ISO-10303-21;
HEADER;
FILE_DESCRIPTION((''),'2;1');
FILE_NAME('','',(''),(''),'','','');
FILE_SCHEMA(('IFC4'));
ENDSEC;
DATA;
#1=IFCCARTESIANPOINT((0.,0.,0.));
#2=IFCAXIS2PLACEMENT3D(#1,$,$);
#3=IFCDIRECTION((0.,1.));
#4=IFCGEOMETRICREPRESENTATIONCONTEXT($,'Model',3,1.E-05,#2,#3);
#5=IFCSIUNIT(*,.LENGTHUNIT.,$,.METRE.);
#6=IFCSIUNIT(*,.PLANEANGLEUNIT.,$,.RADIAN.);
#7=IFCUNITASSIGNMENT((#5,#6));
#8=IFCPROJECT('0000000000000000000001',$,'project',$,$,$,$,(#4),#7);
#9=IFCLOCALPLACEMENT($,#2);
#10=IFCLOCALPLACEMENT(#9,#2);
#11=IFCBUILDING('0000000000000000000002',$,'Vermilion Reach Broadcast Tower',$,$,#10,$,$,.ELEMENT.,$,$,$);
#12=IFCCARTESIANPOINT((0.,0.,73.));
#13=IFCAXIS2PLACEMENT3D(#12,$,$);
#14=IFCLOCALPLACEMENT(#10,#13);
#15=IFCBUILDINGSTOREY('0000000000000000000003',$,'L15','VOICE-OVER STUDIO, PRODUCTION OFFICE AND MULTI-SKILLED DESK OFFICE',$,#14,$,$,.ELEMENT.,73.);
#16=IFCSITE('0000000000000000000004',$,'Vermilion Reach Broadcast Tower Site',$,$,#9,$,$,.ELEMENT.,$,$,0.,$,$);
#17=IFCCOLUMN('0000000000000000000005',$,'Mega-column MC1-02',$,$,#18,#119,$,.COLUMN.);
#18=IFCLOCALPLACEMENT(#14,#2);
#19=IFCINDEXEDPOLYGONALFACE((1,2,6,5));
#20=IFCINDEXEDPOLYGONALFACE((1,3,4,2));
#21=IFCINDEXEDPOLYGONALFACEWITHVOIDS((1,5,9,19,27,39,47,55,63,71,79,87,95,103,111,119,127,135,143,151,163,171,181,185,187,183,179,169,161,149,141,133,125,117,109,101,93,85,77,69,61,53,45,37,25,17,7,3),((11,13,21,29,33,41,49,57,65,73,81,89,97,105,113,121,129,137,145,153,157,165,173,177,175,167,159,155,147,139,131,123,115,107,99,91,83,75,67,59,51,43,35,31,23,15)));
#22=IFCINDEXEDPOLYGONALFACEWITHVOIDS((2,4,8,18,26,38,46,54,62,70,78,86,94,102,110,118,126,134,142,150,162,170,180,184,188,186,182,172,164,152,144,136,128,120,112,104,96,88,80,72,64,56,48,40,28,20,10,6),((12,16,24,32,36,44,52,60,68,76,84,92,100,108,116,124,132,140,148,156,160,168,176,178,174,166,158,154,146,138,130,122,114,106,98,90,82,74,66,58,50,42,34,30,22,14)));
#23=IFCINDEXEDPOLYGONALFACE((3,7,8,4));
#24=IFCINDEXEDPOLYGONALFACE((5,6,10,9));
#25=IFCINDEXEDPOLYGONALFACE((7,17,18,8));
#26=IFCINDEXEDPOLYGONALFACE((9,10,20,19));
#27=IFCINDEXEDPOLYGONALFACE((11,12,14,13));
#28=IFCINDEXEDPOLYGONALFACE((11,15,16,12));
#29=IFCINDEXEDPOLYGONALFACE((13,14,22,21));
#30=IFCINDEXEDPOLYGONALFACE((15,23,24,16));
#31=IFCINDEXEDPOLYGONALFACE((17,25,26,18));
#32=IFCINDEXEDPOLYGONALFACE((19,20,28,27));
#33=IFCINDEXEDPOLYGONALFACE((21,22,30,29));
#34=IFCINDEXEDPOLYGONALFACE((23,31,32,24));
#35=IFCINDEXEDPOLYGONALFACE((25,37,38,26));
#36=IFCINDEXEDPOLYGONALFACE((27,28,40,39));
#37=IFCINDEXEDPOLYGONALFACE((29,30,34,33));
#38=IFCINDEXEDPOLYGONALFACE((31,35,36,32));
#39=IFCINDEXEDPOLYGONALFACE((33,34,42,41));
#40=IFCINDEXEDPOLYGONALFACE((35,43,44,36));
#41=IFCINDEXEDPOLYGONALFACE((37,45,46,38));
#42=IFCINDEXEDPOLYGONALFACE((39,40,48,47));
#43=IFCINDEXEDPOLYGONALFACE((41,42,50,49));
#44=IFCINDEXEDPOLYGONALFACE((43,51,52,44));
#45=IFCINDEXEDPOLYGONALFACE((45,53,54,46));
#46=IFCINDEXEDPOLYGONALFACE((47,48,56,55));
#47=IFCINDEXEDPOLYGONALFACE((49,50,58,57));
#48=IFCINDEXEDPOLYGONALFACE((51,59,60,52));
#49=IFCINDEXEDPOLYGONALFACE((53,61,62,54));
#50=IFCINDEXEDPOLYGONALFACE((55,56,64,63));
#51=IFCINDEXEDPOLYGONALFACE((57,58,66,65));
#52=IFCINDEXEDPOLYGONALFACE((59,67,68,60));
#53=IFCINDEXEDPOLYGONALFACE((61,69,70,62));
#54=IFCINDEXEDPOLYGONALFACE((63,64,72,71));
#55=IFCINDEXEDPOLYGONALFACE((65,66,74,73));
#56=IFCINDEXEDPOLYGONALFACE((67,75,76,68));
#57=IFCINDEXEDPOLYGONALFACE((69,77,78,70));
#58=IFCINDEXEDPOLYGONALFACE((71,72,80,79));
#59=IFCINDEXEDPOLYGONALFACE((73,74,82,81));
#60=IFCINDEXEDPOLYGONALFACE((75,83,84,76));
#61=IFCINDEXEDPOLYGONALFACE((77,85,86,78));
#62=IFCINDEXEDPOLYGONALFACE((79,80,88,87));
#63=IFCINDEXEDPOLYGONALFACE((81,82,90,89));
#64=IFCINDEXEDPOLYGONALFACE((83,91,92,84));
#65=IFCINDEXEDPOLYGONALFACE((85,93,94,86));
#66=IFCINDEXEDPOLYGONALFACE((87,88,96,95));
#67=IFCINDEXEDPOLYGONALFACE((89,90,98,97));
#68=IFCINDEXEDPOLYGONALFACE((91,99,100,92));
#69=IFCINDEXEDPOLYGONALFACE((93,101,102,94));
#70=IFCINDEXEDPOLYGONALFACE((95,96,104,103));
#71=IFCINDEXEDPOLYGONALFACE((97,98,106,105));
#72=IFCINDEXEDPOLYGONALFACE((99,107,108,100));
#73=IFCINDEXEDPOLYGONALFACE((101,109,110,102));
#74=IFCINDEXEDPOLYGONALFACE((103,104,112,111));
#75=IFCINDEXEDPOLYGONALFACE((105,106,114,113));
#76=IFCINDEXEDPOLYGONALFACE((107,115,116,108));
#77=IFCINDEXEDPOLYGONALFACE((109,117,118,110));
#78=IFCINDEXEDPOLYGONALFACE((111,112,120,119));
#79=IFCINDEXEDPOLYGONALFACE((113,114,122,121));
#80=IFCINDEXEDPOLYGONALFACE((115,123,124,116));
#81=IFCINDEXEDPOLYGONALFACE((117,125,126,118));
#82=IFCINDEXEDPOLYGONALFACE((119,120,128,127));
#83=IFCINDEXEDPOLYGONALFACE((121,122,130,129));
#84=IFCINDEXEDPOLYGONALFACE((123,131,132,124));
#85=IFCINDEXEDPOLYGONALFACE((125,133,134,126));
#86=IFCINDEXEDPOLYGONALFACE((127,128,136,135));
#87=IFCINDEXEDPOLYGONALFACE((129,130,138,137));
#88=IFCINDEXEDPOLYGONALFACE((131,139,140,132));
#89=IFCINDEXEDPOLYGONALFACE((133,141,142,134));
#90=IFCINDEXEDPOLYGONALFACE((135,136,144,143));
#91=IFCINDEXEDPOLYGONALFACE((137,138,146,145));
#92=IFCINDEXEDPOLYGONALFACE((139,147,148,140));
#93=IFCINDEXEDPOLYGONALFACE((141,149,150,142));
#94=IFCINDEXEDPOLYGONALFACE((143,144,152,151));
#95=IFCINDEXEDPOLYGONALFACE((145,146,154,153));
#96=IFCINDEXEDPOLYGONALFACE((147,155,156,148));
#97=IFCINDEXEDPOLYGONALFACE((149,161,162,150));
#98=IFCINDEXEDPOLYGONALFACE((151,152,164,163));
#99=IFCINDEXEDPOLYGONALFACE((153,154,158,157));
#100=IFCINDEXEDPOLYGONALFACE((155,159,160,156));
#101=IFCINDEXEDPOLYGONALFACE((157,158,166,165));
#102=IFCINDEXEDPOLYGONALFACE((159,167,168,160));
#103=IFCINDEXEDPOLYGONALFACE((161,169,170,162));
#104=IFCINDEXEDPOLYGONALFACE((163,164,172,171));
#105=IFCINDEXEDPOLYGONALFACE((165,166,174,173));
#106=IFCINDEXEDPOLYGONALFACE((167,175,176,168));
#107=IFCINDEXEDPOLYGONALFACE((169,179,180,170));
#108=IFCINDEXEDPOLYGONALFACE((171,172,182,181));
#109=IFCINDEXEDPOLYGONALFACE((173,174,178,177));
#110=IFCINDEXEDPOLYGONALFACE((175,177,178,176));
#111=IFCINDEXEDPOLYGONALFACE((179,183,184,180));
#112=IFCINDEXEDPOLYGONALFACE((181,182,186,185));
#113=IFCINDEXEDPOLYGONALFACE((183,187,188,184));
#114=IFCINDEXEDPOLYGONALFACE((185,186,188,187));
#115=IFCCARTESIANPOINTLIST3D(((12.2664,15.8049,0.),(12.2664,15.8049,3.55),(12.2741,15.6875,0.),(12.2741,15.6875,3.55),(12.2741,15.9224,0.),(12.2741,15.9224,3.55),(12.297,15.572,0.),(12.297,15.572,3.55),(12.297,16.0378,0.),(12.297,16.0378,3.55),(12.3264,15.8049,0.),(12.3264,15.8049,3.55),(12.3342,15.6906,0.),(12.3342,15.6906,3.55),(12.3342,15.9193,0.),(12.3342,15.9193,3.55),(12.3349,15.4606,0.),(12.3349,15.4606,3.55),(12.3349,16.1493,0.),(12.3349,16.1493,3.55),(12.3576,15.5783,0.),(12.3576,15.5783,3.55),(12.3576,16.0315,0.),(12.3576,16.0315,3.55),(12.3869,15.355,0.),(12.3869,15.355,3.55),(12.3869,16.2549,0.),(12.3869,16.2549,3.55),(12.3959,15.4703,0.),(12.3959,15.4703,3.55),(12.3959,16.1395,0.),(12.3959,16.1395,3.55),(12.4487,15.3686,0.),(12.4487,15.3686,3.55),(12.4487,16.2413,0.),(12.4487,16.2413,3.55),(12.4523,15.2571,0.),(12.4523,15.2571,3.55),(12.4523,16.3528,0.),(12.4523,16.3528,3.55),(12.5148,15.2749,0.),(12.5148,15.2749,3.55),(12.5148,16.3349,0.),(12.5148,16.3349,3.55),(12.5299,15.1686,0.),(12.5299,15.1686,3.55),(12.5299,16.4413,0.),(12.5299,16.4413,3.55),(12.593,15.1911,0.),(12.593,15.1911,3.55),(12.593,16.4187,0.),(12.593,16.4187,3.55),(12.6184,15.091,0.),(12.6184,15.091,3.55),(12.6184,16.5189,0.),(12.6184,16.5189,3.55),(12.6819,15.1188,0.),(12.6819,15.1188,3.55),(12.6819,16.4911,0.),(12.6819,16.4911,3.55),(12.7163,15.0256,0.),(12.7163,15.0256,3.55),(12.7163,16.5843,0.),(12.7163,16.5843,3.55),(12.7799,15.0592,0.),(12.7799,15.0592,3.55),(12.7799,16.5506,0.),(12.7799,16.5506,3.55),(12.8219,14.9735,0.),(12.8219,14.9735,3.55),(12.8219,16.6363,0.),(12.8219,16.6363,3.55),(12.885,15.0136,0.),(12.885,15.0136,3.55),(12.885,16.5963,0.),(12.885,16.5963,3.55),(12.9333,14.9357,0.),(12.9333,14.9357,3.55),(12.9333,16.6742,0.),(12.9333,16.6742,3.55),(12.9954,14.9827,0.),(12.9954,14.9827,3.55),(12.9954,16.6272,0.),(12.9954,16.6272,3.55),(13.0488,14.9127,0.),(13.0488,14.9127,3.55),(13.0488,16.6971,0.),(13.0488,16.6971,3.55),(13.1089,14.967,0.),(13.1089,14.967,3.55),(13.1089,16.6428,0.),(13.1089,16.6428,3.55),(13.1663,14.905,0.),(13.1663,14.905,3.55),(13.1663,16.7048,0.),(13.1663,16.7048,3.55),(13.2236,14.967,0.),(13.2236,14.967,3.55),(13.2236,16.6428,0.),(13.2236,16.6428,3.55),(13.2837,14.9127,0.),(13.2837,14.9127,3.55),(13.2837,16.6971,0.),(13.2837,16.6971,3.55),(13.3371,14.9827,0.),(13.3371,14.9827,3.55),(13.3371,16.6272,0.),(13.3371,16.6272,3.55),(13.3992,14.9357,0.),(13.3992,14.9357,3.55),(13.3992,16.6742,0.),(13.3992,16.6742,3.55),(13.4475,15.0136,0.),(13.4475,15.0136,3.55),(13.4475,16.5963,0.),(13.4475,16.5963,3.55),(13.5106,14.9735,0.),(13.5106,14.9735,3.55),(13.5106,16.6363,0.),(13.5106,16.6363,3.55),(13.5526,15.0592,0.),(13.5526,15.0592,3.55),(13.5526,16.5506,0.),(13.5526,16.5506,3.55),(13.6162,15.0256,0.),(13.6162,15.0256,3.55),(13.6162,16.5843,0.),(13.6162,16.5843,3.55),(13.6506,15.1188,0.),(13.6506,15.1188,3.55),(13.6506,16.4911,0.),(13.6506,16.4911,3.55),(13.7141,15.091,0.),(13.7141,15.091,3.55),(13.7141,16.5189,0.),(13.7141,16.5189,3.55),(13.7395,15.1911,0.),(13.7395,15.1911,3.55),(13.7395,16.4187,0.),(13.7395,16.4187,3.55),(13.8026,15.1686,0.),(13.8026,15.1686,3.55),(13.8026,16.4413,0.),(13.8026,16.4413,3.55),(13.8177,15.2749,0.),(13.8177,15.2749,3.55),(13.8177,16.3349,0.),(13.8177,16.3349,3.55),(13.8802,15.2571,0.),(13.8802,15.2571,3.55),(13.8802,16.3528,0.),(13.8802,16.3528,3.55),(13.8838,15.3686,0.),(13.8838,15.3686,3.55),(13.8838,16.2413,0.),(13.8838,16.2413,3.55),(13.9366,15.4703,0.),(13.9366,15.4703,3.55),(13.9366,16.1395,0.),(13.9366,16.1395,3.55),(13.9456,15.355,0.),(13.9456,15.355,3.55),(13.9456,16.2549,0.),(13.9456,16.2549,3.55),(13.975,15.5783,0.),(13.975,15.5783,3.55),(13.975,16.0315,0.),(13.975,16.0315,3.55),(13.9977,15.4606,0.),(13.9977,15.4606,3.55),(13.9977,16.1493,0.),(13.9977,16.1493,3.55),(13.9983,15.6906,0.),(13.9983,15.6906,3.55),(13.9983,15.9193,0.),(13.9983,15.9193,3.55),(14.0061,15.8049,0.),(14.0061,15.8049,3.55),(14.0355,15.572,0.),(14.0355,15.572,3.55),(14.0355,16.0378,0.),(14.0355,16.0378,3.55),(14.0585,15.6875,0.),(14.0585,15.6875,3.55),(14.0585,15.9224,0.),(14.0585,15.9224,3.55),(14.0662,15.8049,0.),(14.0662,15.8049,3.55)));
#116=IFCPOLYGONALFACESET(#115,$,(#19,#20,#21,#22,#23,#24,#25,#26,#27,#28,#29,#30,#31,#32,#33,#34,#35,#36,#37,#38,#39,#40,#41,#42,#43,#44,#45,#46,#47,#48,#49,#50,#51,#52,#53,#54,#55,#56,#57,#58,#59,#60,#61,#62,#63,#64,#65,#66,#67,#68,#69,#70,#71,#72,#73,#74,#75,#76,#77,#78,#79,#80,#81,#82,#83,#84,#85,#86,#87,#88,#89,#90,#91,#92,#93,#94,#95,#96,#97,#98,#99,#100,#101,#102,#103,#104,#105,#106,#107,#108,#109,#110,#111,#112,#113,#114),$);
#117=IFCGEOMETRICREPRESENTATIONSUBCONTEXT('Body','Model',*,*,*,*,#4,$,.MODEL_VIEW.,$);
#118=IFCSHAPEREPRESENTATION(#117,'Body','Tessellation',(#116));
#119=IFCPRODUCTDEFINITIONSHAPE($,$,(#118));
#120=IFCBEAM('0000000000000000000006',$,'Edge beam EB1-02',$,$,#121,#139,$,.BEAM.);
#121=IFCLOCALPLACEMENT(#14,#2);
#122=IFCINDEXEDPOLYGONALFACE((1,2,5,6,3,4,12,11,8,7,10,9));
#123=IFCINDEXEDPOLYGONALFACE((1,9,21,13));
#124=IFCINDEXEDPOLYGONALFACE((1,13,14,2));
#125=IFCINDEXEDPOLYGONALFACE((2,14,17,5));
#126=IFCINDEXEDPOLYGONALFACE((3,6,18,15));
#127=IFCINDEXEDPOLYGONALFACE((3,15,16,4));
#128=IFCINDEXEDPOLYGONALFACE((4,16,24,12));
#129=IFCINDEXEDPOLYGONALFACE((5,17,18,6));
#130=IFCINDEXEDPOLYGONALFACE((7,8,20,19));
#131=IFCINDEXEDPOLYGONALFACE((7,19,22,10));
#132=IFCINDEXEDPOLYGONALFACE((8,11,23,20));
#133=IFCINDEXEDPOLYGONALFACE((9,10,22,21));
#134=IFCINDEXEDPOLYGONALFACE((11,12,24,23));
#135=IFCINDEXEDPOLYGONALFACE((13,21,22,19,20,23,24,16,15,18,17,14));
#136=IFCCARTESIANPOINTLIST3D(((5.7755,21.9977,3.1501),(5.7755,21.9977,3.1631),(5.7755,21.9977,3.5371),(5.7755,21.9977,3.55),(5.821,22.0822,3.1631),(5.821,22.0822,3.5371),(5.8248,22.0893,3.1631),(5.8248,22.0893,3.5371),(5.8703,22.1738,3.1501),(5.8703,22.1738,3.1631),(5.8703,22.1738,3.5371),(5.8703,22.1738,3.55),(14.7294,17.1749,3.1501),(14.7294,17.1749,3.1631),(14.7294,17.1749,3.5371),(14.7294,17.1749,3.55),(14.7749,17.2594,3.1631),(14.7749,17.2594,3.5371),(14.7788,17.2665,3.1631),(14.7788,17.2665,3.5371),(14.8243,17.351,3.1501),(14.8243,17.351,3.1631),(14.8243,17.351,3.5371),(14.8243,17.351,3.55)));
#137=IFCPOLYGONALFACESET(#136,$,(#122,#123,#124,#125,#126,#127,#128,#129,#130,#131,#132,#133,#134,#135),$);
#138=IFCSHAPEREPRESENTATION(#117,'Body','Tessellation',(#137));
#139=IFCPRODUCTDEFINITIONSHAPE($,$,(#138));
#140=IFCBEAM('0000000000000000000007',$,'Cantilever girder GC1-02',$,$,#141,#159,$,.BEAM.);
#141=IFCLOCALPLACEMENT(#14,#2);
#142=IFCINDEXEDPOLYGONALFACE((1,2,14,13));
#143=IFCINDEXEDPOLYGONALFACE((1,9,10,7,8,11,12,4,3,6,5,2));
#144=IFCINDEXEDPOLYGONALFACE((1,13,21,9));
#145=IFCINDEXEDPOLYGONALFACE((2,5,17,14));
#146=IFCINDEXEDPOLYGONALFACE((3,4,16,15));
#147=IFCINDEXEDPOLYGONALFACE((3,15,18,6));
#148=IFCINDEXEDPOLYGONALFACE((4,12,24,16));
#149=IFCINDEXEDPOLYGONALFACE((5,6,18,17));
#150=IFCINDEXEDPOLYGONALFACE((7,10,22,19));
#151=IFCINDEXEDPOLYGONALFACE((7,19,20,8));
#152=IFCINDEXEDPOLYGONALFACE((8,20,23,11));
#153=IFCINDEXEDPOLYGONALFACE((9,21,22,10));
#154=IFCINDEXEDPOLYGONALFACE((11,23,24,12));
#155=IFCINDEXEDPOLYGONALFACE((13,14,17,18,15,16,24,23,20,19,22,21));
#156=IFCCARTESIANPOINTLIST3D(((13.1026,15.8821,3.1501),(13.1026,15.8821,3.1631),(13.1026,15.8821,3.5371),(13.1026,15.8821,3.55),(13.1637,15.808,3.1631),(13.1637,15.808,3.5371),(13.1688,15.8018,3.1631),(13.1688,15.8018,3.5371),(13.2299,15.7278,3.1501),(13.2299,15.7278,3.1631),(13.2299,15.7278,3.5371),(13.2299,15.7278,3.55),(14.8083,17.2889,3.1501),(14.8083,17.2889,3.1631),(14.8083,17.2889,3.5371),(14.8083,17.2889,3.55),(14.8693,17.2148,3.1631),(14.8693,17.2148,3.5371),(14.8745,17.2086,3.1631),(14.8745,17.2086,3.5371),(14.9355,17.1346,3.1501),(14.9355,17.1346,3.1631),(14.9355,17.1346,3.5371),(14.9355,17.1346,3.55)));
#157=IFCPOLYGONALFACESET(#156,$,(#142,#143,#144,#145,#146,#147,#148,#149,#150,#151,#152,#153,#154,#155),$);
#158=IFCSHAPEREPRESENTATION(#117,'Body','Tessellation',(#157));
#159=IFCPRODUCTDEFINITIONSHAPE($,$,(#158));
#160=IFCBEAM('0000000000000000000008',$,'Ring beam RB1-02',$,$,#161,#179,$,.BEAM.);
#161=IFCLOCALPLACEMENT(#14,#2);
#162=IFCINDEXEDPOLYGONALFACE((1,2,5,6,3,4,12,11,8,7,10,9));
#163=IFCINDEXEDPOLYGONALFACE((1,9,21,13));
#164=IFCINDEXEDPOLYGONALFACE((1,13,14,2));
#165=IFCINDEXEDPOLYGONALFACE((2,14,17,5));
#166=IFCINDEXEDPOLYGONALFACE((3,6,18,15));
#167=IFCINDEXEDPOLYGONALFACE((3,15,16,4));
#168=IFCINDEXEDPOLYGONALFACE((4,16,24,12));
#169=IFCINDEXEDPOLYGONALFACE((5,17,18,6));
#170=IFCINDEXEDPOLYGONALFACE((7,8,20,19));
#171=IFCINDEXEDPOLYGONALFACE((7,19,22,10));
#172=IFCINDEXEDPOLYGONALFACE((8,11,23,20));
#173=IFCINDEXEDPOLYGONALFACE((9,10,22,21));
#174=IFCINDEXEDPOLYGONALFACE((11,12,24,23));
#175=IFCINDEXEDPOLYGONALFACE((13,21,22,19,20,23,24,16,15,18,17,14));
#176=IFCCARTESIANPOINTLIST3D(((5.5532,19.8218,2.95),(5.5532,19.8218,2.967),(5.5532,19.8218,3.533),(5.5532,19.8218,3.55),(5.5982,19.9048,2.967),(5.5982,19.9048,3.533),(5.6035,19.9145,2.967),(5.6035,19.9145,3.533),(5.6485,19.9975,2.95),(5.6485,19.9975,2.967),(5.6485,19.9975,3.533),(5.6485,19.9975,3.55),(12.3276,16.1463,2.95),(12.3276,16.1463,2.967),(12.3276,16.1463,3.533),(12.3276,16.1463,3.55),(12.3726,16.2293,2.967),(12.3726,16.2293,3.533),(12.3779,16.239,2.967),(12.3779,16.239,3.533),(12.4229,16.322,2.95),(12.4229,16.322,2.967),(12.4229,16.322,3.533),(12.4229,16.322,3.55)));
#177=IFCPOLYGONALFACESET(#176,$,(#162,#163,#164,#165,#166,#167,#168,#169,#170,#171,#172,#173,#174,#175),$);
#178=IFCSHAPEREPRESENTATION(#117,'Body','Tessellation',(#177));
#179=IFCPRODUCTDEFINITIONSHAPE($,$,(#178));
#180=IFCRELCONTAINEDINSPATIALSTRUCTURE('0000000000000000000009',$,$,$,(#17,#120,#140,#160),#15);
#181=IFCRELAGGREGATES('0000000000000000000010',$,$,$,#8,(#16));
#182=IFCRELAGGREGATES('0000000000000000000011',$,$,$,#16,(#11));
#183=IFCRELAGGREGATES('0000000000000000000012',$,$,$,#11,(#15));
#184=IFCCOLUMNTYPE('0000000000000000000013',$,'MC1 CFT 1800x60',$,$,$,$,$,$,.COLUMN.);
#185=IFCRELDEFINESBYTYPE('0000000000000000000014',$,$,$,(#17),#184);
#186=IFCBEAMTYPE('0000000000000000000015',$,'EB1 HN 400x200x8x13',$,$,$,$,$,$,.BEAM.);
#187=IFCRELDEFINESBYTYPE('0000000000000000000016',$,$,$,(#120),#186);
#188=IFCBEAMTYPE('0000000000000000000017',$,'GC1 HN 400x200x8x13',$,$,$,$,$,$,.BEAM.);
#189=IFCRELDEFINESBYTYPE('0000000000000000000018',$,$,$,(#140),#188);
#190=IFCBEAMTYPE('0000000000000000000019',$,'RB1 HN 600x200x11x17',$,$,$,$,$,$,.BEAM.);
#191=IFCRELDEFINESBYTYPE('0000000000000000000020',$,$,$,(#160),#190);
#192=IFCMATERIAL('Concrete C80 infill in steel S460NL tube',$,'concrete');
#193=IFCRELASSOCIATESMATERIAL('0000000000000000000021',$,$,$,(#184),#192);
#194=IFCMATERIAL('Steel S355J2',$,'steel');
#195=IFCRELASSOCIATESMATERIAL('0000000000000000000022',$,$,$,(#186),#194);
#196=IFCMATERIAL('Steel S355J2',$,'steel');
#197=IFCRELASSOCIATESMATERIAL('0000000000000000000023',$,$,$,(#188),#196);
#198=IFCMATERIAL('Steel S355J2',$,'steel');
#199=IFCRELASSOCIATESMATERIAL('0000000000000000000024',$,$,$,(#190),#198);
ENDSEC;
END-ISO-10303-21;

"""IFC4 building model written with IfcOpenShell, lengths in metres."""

from ifc_helpers import new_model, si_unit, direction, frame, origin, origin_2d, place, context, subcontext, project, spatial, hollow_circle, i_section, extrude, material, material_profile, profile_set, type_object, element, save


model = new_model("IFC4")

# Units and contexts
model_context = context("Model", 3, precision=1e-05, world=origin(), true_north=direction((0.0, 1.0)))
body_context = subcontext(model_context, "Body", "Model", "MODEL_VIEW")
ifc_project = project(units=[si_unit("LENGTHUNIT", "METRE"), si_unit("PLANEANGLEUNIT", "RADIAN")], contexts=[model_context])

# Site, building, storey
site_placement = place(None, origin())
site = spatial("IfcSite", under=ifc_project, at=site_placement, Name="Vermilion Reach Broadcast Tower Site", CompositionType="ELEMENT", RefElevation=0.0)
building_placement = place(site_placement, origin())
building = spatial("IfcBuilding", under=site, at=building_placement, Name="Vermilion Reach Broadcast Tower", CompositionType="ELEMENT")
storey_placement = place(building_placement, frame((0.0, 0.0, 73.0)))
storey = spatial("IfcBuildingStorey", under=building, at=storey_placement, Name="L15", Description="VOICE-OVER STUDIO, PRODUCTION OFFICE AND MULTI-SKILLED DESK OFFICE", CompositionType="ELEMENT", Elevation=73.0)

# Column
ifc_material_1 = material(Name="Concrete C80 infill in steel S460NL tube", Category="concrete")
ifc_material_profile_1 = material_profile(ifc_material_1, hollow_circle(Radius=0.8999, WallThickness=0.0601, at=origin_2d()), Name="Concrete C80 infill in steel S460NL tube CFT 1800x60")
ifc_profile_set_1 = profile_set([ifc_material_profile_1], Name="Concrete C80 infill in steel S460NL tube")
column_type = type_object("IfcColumnType", Name="MC1 CFT 1800x60", PredefinedType="COLUMN", material=ifc_profile_set_1)
column_placement = place(storey_placement, frame((13.1663, 15.8049, 0.0), z_axis=(0.0, 0.0, 1.0), x_axis=(1.0, 0.0, 0.0)))
element("IfcColumn", 1, at=column_placement, inside=storey, type_object=column_type, Name="Mega-column MC1-02", PredefinedType="COLUMN", context=body_context, shape_type="SweptSolid", body=[
    extrude(hollow_circle(Radius=0.8999, WallThickness=0.0601, at=origin_2d()), origin(), (0.0, 0.0, 1.0), 3.55),
])

# Beams
ifc_material_2 = material(Name="Steel S355J2", Category="steel")
ifc_material_profile_2 = material_profile(ifc_material_2, i_section(OverallWidth=0.2, OverallDepth=0.3999, WebThickness=0.0081, FlangeThickness=0.0129, at=origin_2d()), Name="S355J2 HN 400x200x8x13")
ifc_profile_set_2 = profile_set([ifc_material_profile_2], Name="Steel S355J2")
beam_type_1 = type_object("IfcBeamType", Name="EB1 HN 400x200x8x13", PredefinedType="BEAM", material=ifc_profile_set_2)
beam_1_placement = place(storey_placement, frame((14.7769, 17.2629, 3.3501), z_axis=(-0.880412, 0.47421, 0.0), x_axis=(-0.47421, -0.880412, 0.0)))
element("IfcBeam", 2, at=beam_1_placement, inside=storey, type_object=beam_type_1, Name="Edge beam EB1-02", PredefinedType="BEAM", context=body_context, shape_type="SweptSolid", body=[
    extrude(i_section(OverallWidth=0.2, OverallDepth=0.3999, WebThickness=0.0081, FlangeThickness=0.0129, at=origin_2d()), origin(), (0.0, 0.0, 1.0), 10.1702),
])
ifc_material_3 = material(Name="Steel S355J2", Category="steel")
ifc_material_profile_3 = material_profile(ifc_material_3, i_section(OverallWidth=0.2, OverallDepth=0.3999, WebThickness=0.0081, FlangeThickness=0.0129, at=origin_2d()), Name="S355J2 HN 400x200x8x13")
ifc_profile_set_3 = profile_set([ifc_material_profile_3], Name="Steel S355J2")
beam_type_2 = type_object("IfcBeamType", Name="GC1 HN 400x200x8x13", PredefinedType="BEAM", material=ifc_profile_set_3)
beam_2_placement = place(storey_placement, frame((13.1663, 15.8049, 3.3501), z_axis=(0.771452, 0.636288, 0.0), x_axis=(-0.636288, 0.771452, 0.0)))
element("IfcBeam", 3, at=beam_2_placement, inside=storey, type_object=beam_type_2, Name="Cantilever girder GC1-02", PredefinedType="BEAM", context=body_context, shape_type="SweptSolid", body=[
    extrude(i_section(OverallWidth=0.2, OverallDepth=0.3999, WebThickness=0.0081, FlangeThickness=0.0129, at=origin_2d()), origin(), (0.0, 0.0, 1.0), 2.2109),
])
ifc_material_4 = material(Name="Steel S355J2", Category="steel")
ifc_material_profile_4 = material_profile(ifc_material_4, i_section(OverallWidth=0.2, OverallDepth=0.6001, WebThickness=0.011, FlangeThickness=0.0171, at=origin_2d()), Name="S355J2 HN 600x200x11x17")
ifc_profile_set_4 = profile_set([ifc_material_profile_4], Name="Steel S355J2")
beam_type_3 = type_object("IfcBeamType", Name="RB1 HN 600x200x11x17", PredefinedType="BEAM", material=ifc_profile_set_4)
beam_3_placement = place(storey_placement, frame((12.3752, 16.2341, 3.25), z_axis=(-0.878962, 0.476891, 0.0), x_axis=(-0.476891, -0.878962, 0.0)))
element("IfcBeam", 4, at=beam_3_placement, inside=storey, type_object=beam_type_3, Name="Ring beam RB1-02", PredefinedType="BEAM", context=body_context, shape_type="SweptSolid", body=[
    extrude(i_section(OverallWidth=0.2, OverallDepth=0.6001, WebThickness=0.011, FlangeThickness=0.0171, at=origin_2d()), origin(), (0.0, 0.0, 1.0), 7.7073),
])

save(model, "model.ifc")
